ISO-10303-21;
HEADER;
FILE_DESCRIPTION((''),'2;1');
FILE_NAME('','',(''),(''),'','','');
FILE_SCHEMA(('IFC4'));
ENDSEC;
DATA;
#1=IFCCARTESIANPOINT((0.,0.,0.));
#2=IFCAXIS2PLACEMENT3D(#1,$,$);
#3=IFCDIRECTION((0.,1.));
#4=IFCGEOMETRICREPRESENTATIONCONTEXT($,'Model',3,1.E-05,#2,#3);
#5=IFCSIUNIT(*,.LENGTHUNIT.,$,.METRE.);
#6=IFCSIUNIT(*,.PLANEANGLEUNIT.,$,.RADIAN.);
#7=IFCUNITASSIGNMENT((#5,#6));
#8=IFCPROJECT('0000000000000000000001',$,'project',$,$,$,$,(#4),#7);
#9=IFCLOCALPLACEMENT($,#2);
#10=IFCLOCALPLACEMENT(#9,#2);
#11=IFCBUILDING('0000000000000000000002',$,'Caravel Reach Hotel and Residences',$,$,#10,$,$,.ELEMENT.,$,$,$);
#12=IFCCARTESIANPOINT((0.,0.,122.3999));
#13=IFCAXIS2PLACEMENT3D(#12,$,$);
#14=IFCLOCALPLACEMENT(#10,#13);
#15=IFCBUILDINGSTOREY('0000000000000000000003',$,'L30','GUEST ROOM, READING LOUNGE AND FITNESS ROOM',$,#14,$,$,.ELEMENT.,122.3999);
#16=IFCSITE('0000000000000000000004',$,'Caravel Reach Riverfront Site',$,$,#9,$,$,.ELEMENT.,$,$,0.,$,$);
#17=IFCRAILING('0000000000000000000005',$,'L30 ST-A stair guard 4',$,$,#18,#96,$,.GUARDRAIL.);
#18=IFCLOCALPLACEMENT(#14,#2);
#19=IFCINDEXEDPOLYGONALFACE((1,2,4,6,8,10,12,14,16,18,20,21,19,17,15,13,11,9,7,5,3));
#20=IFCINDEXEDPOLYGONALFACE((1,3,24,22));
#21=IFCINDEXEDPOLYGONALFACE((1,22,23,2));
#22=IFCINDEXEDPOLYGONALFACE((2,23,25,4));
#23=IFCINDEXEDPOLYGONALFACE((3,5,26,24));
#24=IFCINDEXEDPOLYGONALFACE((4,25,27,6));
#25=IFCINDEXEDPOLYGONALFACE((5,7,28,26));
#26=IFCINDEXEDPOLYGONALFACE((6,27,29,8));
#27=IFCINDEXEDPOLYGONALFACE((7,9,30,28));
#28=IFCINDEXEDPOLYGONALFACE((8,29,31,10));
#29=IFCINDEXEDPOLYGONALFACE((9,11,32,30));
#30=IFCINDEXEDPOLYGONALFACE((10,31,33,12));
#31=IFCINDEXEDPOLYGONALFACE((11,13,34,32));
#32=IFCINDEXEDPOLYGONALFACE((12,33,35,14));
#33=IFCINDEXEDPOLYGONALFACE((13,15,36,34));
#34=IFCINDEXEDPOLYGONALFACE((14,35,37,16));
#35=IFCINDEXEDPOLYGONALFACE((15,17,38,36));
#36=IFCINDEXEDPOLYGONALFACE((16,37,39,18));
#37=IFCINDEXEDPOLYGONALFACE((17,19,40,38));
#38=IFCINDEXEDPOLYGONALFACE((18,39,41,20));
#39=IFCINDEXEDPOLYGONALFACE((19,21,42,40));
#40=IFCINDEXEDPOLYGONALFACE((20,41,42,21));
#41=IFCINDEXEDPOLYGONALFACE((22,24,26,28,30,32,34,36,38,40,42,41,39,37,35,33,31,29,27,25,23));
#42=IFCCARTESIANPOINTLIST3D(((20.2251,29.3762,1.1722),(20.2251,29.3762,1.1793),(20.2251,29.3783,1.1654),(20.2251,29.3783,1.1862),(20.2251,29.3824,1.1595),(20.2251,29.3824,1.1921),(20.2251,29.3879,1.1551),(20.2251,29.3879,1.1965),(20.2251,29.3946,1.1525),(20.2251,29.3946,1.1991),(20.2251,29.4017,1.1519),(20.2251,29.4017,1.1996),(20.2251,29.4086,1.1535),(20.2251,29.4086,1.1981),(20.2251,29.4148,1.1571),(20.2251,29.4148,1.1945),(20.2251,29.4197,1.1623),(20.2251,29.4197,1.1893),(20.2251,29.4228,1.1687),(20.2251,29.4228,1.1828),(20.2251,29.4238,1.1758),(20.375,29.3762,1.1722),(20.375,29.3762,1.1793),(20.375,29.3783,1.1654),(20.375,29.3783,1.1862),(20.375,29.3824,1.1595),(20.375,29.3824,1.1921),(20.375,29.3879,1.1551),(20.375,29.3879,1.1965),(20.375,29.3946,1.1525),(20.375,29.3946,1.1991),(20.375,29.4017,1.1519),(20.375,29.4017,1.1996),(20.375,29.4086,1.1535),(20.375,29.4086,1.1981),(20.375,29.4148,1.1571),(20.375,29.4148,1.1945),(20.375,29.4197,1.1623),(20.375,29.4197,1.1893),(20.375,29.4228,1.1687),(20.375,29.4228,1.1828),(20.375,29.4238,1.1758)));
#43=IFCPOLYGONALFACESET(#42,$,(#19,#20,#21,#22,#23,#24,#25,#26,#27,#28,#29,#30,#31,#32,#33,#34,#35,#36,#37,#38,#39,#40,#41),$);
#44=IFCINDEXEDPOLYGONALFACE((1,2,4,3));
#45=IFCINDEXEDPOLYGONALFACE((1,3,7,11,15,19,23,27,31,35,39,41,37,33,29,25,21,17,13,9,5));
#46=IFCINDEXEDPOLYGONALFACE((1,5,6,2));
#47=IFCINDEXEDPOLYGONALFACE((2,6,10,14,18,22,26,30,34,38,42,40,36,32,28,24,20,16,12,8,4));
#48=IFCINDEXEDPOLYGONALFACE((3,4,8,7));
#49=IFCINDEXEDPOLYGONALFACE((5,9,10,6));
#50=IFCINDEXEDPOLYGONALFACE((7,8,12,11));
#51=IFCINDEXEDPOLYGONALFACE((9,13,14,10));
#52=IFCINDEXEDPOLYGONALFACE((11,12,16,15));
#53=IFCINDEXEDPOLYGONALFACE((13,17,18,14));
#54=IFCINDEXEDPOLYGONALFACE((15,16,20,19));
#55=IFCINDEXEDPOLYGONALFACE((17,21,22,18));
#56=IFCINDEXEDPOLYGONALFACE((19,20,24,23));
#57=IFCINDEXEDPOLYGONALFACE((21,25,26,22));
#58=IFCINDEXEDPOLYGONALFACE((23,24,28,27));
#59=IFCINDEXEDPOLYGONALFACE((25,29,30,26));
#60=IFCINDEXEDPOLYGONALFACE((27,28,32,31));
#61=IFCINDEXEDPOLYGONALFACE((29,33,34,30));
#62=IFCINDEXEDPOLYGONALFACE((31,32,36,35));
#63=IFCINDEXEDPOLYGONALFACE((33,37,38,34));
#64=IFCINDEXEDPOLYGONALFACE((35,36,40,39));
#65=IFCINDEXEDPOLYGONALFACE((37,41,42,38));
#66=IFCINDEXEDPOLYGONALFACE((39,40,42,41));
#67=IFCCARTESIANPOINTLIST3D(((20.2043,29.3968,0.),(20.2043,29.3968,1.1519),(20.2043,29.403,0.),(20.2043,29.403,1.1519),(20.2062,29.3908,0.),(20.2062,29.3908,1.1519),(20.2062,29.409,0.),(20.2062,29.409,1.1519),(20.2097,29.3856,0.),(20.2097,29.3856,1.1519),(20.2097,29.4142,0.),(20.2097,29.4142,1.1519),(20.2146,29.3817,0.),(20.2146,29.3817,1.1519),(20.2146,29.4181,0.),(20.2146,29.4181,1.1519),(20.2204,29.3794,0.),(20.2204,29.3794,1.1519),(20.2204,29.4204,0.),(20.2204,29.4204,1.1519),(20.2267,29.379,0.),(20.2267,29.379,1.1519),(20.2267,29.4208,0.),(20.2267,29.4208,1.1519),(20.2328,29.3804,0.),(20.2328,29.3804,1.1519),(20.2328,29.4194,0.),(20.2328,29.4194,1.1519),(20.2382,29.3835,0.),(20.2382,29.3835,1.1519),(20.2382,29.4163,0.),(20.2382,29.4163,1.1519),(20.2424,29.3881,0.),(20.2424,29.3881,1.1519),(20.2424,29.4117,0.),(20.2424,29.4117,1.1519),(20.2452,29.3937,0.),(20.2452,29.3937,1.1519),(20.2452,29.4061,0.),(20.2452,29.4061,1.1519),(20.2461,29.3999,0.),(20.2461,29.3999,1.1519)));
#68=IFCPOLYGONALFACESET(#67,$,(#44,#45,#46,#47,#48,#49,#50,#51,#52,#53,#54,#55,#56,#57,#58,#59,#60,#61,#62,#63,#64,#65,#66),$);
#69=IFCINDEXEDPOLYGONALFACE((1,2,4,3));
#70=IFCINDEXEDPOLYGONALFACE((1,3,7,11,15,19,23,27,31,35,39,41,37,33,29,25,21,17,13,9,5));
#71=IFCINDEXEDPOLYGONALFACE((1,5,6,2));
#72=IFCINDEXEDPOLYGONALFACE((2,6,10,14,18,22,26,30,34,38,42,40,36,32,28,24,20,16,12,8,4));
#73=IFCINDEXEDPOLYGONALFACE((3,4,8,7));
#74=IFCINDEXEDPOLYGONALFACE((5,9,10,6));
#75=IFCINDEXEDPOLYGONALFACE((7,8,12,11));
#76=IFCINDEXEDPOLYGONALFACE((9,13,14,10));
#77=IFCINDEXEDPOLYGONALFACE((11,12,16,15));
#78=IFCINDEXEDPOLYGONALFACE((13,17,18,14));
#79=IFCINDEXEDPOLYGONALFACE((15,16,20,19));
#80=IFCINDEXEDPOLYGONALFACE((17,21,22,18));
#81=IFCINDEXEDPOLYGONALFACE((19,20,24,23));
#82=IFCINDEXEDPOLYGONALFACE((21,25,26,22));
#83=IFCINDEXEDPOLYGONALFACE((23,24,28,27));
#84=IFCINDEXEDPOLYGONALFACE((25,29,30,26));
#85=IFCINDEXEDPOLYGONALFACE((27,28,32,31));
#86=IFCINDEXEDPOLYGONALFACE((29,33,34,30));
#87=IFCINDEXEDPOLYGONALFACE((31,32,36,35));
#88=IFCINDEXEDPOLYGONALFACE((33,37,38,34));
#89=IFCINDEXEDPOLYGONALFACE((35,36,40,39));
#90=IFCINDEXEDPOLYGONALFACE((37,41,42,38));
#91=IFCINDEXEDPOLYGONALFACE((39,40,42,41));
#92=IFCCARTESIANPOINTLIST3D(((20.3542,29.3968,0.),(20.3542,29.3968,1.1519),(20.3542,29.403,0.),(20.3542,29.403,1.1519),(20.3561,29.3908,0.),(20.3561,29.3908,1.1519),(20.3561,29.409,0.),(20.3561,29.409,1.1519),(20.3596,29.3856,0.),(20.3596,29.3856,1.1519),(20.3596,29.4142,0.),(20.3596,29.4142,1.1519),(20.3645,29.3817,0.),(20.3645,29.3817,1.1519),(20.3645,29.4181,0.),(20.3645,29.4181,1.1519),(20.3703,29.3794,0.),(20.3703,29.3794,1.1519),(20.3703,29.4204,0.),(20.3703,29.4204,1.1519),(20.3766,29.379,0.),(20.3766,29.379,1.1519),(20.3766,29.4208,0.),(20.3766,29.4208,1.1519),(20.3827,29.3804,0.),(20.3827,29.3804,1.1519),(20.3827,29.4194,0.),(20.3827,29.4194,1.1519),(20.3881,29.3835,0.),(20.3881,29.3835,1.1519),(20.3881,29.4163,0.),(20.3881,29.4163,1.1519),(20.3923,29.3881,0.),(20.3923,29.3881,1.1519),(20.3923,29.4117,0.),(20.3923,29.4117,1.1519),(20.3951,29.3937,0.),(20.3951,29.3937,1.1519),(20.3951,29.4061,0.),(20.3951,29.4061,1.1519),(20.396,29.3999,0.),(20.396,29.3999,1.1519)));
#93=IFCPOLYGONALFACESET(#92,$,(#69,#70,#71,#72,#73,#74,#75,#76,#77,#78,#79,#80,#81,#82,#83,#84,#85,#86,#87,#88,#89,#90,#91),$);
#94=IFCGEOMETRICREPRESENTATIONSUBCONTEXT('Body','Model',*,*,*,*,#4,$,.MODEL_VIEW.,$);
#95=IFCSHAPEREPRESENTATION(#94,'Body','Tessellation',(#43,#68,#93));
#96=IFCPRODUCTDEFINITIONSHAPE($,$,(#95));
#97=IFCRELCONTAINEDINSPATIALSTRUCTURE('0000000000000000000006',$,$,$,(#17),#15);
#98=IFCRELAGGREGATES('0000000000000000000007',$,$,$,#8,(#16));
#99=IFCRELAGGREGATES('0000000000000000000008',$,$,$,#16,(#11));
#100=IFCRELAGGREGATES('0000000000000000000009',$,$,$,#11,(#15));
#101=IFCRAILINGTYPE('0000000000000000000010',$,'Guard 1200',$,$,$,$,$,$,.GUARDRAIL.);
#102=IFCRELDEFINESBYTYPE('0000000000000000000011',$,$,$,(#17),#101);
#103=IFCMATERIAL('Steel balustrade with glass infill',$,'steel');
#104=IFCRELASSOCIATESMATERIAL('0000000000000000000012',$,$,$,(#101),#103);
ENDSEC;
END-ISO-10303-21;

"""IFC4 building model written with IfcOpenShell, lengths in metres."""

from ifc_helpers import new_model, si_unit, direction, frame, origin, origin_2d, place, context, subcontext, project, spatial, circle, extrude, material, type_object, element, save


model = new_model("IFC4")

# Units and contexts
model_context = context("Model", 3, precision=1e-05, world=origin(), true_north=direction((0.0, 1.0)))
body_context = subcontext(model_context, "Body", "Model", "MODEL_VIEW")
ifc_project = project(units=[si_unit("LENGTHUNIT", "METRE"), si_unit("PLANEANGLEUNIT", "RADIAN")], contexts=[model_context])

# Site, building, storey
site_placement = place(None, origin())
site = spatial("IfcSite", under=ifc_project, at=site_placement, Name="Caravel Reach Riverfront Site", CompositionType="ELEMENT", RefElevation=0.0)
building_placement = place(site_placement, origin())
building = spatial("IfcBuilding", under=site, at=building_placement, Name="Caravel Reach Hotel and Residences", CompositionType="ELEMENT")
storey_placement = place(building_placement, frame((0.0, 0.0, 122.3999)))
storey = spatial("IfcBuildingStorey", under=building, at=storey_placement, Name="L30", Description="GUEST ROOM, READING LOUNGE AND FITNESS ROOM", CompositionType="ELEMENT", Elevation=122.3999)

# Railing
ifc_material_1 = material(Name="Steel balustrade with glass infill", Category="steel")
railing_type_1 = type_object("IfcRailingType", Name="Guard 1200", PredefinedType="GUARDRAIL", material=ifc_material_1)
railing_1_placement = place(storey_placement, frame((20.2251, 29.3999, 0.0)))
element("IfcRailing", 1, at=railing_1_placement, inside=storey, type_object=railing_type_1, Name="L30 ST-A stair guard 4", PredefinedType="GUARDRAIL", context=body_context, shape_type="SweptSolid", body=[
    extrude(circle(Radius=0.0239, at=origin_2d()), frame((0.0, 0.0, 1.1758), z_axis=(1.0, 0.0, 0.0), x_axis=(0.0, 1.0, 0.0)), (0.0, 0.0, 1.0), 0.1499),
    extrude(circle(Radius=0.021, at=origin_2d()), origin(), (0.0, 0.0, 1.0), 1.1519),
    extrude(circle(Radius=0.021, at=origin_2d()), frame((0.1499, 0.0, 0.0)), (0.0, 0.0, 1.0), 1.1519),
])

save(model, "model.ifc")
